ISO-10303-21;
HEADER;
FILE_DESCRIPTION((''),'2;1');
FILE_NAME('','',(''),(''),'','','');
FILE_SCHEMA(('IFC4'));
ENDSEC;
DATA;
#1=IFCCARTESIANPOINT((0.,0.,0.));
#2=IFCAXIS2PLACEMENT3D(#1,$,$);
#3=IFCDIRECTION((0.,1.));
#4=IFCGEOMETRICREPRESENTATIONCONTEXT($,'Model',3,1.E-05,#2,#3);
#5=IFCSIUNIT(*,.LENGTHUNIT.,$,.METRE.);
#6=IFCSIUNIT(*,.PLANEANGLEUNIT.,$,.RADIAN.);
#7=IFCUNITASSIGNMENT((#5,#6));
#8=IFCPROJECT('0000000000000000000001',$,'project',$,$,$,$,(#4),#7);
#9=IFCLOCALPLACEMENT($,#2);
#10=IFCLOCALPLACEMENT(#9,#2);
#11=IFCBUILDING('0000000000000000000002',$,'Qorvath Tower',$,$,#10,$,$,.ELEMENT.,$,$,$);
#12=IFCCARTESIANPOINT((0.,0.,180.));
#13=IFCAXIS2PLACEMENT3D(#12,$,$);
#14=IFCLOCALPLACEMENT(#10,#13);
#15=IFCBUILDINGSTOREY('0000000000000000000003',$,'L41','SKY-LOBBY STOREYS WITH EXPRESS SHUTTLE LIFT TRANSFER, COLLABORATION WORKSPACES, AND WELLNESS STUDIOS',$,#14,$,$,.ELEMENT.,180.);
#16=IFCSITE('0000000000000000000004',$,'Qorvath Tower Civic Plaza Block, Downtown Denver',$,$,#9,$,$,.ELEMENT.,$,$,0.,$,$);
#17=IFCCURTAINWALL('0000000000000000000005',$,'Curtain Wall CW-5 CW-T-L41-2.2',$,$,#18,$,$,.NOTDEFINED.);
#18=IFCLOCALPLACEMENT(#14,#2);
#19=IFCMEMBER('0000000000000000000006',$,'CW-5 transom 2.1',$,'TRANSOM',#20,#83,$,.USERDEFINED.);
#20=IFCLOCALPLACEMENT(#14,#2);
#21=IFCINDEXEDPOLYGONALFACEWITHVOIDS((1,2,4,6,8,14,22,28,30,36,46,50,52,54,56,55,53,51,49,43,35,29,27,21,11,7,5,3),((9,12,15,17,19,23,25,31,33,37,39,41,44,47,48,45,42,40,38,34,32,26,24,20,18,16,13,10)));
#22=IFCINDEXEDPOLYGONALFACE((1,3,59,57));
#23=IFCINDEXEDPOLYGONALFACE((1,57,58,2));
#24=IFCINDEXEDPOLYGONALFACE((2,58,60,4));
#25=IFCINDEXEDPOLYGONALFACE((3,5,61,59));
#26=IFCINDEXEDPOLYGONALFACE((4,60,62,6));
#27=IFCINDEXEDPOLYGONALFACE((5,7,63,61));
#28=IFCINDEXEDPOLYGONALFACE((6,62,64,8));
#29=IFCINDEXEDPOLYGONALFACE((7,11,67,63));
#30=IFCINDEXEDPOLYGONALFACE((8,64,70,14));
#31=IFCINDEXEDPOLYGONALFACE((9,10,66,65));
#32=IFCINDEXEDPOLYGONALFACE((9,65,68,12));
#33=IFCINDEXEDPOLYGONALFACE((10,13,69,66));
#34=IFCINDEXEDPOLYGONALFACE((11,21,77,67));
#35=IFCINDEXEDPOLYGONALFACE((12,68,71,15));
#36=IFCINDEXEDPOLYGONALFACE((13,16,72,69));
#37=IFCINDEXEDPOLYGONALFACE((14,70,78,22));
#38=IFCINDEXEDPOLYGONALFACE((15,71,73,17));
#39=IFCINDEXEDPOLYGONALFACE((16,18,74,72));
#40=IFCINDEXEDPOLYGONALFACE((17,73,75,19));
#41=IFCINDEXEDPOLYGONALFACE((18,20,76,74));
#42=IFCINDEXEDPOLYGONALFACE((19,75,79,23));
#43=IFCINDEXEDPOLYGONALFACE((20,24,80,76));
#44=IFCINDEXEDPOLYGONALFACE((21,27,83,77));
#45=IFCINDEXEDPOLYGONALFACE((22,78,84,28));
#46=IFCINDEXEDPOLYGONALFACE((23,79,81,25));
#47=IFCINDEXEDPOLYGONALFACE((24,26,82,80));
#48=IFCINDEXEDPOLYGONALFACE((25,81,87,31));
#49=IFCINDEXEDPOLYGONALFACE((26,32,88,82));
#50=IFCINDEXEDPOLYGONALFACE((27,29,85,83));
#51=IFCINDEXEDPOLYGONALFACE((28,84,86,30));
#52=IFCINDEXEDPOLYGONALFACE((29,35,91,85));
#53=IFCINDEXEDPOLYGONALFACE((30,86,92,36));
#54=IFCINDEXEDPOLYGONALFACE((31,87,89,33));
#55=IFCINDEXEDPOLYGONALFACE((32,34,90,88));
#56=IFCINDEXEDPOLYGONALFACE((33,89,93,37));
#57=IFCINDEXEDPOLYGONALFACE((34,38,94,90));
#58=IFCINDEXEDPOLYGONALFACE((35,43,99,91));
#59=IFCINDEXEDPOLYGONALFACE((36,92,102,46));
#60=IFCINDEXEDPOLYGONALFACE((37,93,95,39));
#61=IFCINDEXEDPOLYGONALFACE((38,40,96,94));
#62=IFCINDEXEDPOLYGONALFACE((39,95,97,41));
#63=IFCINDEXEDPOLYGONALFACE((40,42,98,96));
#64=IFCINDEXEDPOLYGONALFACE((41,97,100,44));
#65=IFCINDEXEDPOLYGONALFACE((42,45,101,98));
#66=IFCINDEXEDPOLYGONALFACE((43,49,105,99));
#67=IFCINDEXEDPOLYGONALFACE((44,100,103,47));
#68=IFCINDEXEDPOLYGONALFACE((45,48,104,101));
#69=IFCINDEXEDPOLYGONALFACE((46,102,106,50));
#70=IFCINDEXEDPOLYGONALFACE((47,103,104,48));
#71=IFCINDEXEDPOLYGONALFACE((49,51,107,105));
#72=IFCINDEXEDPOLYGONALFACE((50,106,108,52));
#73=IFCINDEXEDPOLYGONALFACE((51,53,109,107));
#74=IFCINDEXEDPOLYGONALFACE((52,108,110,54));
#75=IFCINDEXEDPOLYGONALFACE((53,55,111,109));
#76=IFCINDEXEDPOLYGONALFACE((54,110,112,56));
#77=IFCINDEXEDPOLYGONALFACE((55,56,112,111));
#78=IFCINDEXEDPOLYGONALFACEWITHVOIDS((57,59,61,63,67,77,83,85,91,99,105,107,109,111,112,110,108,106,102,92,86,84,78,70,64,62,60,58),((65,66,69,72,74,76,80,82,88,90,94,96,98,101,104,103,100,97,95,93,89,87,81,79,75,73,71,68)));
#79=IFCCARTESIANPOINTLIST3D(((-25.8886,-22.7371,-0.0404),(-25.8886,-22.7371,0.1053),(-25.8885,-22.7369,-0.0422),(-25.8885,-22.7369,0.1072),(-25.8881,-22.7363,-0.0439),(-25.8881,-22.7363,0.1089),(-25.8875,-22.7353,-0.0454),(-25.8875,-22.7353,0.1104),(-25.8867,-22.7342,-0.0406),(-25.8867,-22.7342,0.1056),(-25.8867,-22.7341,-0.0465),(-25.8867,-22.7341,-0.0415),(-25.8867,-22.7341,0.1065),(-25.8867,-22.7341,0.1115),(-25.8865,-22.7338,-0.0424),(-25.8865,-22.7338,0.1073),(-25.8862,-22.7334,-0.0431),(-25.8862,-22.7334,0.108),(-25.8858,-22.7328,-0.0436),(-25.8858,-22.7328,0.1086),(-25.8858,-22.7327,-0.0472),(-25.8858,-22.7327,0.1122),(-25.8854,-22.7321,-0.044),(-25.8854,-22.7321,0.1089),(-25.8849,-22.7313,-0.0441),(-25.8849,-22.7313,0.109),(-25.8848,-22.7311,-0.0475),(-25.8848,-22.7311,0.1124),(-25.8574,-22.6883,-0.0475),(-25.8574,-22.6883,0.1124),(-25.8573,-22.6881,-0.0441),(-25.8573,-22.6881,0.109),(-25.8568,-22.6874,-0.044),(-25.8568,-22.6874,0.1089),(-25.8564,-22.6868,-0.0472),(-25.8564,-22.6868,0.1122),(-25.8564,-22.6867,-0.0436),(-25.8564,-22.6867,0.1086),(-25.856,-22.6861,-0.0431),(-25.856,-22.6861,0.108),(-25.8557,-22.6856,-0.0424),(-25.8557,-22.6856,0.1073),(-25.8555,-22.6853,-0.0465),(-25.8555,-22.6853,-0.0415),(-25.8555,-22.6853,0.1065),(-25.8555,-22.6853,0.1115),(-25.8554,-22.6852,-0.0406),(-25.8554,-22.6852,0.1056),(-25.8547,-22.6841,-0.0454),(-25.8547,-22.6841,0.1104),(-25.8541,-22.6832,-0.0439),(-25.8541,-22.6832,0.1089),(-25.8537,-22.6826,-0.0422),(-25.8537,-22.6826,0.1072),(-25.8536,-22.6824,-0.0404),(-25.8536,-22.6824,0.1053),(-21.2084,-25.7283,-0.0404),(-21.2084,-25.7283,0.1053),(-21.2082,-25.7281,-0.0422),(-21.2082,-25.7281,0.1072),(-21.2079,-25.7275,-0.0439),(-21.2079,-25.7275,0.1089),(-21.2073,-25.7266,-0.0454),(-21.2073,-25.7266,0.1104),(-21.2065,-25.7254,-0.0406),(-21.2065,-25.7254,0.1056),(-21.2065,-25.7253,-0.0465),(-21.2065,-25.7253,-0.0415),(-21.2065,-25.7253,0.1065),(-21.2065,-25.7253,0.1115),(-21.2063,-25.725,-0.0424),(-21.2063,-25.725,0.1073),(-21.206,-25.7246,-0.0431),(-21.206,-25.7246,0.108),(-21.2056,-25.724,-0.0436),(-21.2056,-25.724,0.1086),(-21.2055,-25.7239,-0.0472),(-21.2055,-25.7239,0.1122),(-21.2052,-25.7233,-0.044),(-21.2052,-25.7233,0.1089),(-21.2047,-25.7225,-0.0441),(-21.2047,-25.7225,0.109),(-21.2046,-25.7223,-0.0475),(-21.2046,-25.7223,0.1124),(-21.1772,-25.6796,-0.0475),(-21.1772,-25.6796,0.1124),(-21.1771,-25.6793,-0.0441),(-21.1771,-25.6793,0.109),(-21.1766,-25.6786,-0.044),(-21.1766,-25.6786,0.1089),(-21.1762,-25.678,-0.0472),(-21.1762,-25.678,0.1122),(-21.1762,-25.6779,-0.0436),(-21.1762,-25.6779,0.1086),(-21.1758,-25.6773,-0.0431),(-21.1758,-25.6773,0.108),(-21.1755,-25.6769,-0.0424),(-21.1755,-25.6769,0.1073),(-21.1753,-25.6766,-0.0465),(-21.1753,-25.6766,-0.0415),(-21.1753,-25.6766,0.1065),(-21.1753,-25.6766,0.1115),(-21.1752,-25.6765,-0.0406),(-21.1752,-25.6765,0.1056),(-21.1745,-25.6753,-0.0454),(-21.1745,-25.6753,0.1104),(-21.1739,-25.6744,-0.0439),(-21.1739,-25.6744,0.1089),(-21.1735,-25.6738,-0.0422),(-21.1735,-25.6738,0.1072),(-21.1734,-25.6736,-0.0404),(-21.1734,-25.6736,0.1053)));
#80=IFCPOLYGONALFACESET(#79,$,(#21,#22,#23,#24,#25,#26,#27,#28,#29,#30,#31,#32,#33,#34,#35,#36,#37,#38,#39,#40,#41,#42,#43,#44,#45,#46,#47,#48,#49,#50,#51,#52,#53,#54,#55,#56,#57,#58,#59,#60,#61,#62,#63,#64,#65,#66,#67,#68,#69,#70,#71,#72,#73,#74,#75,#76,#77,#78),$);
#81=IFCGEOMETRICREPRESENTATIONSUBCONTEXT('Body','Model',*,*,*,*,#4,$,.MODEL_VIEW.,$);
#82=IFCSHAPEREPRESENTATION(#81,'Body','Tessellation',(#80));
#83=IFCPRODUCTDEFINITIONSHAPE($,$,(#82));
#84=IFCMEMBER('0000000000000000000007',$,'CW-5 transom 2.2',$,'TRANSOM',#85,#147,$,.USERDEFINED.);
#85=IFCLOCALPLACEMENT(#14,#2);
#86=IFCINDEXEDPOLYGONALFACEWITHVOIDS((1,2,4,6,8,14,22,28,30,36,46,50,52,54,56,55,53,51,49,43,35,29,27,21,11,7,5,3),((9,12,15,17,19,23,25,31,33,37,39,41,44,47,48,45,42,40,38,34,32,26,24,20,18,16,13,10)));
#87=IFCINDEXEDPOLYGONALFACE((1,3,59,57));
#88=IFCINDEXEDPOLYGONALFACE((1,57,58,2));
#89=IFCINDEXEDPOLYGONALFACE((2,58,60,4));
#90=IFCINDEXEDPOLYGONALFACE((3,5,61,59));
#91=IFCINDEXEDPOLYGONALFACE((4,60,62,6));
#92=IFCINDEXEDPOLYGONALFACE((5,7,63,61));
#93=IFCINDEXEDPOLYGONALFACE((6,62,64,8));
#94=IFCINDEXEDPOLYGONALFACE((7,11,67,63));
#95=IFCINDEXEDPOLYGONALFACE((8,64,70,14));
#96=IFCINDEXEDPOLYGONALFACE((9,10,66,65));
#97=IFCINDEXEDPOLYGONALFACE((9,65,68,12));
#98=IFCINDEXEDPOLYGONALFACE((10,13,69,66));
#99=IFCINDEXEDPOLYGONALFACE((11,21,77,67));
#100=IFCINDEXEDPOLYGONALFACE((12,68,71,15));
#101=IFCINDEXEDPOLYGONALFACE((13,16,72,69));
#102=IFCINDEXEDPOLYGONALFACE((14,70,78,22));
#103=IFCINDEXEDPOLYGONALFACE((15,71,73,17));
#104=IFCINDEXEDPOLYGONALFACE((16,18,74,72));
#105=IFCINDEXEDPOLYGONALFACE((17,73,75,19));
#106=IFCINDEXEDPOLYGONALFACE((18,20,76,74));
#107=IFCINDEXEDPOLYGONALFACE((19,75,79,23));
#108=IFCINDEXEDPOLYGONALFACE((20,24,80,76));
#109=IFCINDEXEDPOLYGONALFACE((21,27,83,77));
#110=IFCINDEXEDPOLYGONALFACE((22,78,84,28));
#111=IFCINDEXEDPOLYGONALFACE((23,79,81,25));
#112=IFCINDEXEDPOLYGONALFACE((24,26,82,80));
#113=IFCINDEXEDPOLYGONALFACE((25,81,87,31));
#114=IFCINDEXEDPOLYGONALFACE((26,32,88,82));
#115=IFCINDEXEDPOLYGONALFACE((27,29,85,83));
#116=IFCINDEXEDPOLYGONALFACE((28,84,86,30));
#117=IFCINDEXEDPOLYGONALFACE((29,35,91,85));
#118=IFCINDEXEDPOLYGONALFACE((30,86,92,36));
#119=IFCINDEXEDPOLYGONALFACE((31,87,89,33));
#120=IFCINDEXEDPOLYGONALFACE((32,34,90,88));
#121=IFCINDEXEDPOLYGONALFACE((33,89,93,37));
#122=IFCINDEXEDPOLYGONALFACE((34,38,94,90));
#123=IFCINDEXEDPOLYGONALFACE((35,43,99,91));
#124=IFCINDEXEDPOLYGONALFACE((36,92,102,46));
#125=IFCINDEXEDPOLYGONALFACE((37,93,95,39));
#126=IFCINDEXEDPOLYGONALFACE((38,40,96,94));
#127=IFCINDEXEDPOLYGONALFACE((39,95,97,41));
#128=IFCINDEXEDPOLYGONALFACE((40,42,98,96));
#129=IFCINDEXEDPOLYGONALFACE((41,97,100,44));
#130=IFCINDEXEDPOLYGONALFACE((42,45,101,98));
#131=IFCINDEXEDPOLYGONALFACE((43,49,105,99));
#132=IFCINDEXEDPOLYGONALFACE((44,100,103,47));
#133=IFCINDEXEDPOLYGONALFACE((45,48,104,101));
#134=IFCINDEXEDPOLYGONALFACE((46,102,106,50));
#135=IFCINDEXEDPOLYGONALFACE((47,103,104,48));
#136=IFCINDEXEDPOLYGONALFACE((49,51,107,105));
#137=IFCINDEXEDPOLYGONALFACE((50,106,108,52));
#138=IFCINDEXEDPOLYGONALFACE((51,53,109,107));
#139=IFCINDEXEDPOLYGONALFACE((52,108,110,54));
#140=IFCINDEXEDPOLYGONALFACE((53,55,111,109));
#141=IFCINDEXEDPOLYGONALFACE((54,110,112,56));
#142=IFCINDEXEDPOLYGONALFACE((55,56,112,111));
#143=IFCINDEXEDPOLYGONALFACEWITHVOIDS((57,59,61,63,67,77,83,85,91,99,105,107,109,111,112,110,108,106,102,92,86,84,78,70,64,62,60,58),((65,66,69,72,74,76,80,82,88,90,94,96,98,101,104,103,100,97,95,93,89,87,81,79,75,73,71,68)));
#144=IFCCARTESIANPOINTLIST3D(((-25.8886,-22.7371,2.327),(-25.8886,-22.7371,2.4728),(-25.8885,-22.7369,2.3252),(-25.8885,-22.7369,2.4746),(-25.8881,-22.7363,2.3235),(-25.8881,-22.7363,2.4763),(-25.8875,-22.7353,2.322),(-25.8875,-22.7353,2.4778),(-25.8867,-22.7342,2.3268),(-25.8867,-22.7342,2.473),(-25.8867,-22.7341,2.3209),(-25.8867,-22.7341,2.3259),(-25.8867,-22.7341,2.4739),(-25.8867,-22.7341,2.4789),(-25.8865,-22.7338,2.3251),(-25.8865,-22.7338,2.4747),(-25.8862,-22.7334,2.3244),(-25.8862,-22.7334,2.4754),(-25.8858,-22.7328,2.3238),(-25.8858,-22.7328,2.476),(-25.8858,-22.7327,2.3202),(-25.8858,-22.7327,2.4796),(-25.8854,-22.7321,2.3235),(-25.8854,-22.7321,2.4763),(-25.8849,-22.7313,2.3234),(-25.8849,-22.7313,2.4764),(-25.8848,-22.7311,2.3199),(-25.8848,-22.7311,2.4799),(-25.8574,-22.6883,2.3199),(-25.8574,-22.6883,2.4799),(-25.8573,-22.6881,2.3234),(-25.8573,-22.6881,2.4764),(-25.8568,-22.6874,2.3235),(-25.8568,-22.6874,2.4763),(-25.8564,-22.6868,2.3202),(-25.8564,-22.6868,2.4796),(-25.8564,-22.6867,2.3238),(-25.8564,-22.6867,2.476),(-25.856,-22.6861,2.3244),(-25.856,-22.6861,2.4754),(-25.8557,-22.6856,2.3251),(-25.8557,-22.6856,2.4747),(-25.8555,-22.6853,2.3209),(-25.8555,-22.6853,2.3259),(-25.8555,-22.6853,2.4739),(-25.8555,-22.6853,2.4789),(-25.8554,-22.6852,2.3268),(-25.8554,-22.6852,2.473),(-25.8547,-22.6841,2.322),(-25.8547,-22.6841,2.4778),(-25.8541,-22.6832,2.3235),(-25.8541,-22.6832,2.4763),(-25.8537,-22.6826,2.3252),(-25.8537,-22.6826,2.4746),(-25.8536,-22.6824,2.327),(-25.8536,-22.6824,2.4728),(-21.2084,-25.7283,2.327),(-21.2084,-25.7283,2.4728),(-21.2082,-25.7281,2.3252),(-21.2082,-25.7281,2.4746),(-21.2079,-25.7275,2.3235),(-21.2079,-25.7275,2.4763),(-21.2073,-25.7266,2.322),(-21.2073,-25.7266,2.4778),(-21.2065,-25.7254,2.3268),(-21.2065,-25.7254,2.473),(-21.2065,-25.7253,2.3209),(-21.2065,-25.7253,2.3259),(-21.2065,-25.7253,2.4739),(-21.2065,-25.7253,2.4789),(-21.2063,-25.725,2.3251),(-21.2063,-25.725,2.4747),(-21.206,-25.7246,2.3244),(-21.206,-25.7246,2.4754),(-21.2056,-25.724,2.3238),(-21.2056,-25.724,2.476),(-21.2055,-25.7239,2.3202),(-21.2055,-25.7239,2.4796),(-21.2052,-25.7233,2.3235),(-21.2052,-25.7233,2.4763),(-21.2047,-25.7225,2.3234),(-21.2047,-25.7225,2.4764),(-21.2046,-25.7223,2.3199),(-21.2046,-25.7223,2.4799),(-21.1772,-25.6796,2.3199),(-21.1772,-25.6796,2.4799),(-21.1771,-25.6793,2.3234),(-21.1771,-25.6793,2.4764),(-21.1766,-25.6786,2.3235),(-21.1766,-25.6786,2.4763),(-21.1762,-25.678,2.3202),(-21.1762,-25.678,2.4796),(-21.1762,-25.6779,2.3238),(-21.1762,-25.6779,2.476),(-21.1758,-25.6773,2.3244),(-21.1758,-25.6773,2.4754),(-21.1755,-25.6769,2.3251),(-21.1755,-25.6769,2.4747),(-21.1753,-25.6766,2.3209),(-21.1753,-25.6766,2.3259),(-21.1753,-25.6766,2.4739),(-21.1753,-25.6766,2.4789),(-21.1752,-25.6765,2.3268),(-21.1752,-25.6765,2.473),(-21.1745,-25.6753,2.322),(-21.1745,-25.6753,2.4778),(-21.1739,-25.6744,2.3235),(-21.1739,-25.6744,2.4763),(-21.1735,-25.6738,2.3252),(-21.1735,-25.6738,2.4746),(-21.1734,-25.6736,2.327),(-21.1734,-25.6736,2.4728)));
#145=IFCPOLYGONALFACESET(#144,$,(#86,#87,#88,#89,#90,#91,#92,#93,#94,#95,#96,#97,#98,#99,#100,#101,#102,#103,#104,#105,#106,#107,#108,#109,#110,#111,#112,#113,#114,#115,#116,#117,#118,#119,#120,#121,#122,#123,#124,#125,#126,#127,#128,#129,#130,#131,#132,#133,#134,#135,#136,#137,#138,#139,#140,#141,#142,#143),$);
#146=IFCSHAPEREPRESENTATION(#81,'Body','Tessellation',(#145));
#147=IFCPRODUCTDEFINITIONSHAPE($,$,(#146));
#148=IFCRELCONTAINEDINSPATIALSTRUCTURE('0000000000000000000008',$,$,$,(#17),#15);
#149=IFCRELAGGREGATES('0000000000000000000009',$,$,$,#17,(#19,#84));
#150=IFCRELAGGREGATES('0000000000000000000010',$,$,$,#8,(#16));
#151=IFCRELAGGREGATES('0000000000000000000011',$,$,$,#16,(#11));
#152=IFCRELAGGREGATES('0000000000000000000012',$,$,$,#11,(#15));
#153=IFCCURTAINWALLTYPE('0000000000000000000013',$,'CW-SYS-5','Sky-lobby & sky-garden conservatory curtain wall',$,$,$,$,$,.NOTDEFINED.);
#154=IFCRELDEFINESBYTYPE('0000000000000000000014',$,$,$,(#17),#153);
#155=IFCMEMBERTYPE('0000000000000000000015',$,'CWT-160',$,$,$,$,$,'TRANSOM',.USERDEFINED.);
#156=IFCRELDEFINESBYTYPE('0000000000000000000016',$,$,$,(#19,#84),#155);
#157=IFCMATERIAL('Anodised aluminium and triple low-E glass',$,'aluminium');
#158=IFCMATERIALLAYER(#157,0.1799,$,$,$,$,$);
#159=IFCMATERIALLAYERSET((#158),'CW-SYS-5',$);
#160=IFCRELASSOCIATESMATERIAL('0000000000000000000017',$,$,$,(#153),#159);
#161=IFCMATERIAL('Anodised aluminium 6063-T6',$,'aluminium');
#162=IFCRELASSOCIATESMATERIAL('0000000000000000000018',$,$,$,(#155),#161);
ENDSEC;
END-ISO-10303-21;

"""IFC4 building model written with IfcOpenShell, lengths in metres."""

from ifc_helpers import new_model, si_unit, direction, frame, origin, origin_2d, place, context, subcontext, project, spatial, hollow_rectangle, extrude, material, layer, layer_set, material_profile, profile_set, type_object, element, aggregate, save


model = new_model("IFC4")

# Units and contexts
model_context = context("Model", 3, precision=1e-05, world=origin(), true_north=direction((0.0, 1.0)))
body_context = subcontext(model_context, "Body", "Model", "MODEL_VIEW")
ifc_project = project(units=[si_unit("LENGTHUNIT", "METRE"), si_unit("PLANEANGLEUNIT", "RADIAN")], contexts=[model_context])

# Site, building, storey
site_placement = place(None, origin())
site = spatial("IfcSite", under=ifc_project, at=site_placement, Name="Qorvath Tower Civic Plaza Block, Downtown Denver", CompositionType="ELEMENT", RefElevation=0.0)
building_placement = place(site_placement, origin())
building = spatial("IfcBuilding", under=site, at=building_placement, Name="Qorvath Tower", CompositionType="ELEMENT")
storey_placement = place(building_placement, frame((0.0, 0.0, 180.0)))
storey = spatial("IfcBuildingStorey", under=building, at=storey_placement, Name="L41", Description="SKY-LOBBY STOREYS WITH EXPRESS SHUTTLE LIFT TRANSFER, COLLABORATION WORKSPACES, AND WELLNESS STUDIOS", CompositionType="ELEMENT", Elevation=180.0)

# Curtain wall, members
ifc_material_1 = material(Name="Anodised aluminium and triple low-E glass", Category="aluminium")
ifc_layer_1 = layer(ifc_material_1, 0.1799)
ifc_layer_set_1 = layer_set([ifc_layer_1], Name="CW-SYS-5")
curtain_wall_type = type_object("IfcCurtainWallType", Name="CW-SYS-5", Description="Sky-lobby & sky-garden conservatory curtain wall", PredefinedType="NOTDEFINED", material=ifc_layer_set_1)
curtain_wall_placement = place(storey_placement, origin())
curtain_wall = element("IfcCurtainWall", 1, at=curtain_wall_placement, inside=storey, type_object=curtain_wall_type, Name="Curtain Wall CW-5 CW-T-L41-2.2", PredefinedType="NOTDEFINED")
ifc_material_2 = material(Name="Anodised aluminium 6063-T6", Category="aluminium")
ifc_material_profile_1 = material_profile(ifc_material_2, hollow_rectangle(XDim=0.0649, YDim=0.1599, WallThickness=0.0034, InnerFilletRadius=0.0034, OuterFilletRadius=0.0071, at=origin_2d()), Name="CWT 160x65")
ifc_profile_set_1 = profile_set([ifc_material_profile_1], Name="Anodised aluminium 6063-T6")
member_type_1 = type_object("IfcMemberType", Name="CWT-160", ElementType="TRANSOM", PredefinedType="USERDEFINED", material=ifc_profile_set_1)
member_1_placement = place(storey_placement, frame((-25.8711, -22.7097, 0.0325), z_axis=(0.842607, -0.53853, 0.0), x_axis=(0.53853, 0.842607, 0.0)))
member_1 = element("IfcMember", 2, at=member_1_placement, type_object=member_type_1, Name="CW-5 transom 2.1", ObjectType="TRANSOM", PredefinedType="USERDEFINED", context=body_context, shape_type="SweptSolid", body=[
    extrude(hollow_rectangle(XDim=0.0649, YDim=0.1599, WallThickness=0.0034, InnerFilletRadius=0.0034, OuterFilletRadius=0.0071, at=origin_2d()), origin(), (0.0, 0.0, 1.0), 5.5544),
])
member_2_placement = place(storey_placement, frame((-25.8711, -22.7097, 2.3999), z_axis=(0.842607, -0.53853, 0.0), x_axis=(0.53853, 0.842607, 0.0)))
member_2 = element("IfcMember", 3, at=member_2_placement, type_object=member_type_1, Name="CW-5 transom 2.2", ObjectType="TRANSOM", PredefinedType="USERDEFINED", context=body_context, shape_type="SweptSolid", body=[
    extrude(hollow_rectangle(XDim=0.0649, YDim=0.1599, WallThickness=0.0034, InnerFilletRadius=0.0034, OuterFilletRadius=0.0071, at=origin_2d()), origin(), (0.0, 0.0, 1.0), 5.5544),
])

aggregate(curtain_wall, [member_1, member_2])

save(model, "model.ifc")
